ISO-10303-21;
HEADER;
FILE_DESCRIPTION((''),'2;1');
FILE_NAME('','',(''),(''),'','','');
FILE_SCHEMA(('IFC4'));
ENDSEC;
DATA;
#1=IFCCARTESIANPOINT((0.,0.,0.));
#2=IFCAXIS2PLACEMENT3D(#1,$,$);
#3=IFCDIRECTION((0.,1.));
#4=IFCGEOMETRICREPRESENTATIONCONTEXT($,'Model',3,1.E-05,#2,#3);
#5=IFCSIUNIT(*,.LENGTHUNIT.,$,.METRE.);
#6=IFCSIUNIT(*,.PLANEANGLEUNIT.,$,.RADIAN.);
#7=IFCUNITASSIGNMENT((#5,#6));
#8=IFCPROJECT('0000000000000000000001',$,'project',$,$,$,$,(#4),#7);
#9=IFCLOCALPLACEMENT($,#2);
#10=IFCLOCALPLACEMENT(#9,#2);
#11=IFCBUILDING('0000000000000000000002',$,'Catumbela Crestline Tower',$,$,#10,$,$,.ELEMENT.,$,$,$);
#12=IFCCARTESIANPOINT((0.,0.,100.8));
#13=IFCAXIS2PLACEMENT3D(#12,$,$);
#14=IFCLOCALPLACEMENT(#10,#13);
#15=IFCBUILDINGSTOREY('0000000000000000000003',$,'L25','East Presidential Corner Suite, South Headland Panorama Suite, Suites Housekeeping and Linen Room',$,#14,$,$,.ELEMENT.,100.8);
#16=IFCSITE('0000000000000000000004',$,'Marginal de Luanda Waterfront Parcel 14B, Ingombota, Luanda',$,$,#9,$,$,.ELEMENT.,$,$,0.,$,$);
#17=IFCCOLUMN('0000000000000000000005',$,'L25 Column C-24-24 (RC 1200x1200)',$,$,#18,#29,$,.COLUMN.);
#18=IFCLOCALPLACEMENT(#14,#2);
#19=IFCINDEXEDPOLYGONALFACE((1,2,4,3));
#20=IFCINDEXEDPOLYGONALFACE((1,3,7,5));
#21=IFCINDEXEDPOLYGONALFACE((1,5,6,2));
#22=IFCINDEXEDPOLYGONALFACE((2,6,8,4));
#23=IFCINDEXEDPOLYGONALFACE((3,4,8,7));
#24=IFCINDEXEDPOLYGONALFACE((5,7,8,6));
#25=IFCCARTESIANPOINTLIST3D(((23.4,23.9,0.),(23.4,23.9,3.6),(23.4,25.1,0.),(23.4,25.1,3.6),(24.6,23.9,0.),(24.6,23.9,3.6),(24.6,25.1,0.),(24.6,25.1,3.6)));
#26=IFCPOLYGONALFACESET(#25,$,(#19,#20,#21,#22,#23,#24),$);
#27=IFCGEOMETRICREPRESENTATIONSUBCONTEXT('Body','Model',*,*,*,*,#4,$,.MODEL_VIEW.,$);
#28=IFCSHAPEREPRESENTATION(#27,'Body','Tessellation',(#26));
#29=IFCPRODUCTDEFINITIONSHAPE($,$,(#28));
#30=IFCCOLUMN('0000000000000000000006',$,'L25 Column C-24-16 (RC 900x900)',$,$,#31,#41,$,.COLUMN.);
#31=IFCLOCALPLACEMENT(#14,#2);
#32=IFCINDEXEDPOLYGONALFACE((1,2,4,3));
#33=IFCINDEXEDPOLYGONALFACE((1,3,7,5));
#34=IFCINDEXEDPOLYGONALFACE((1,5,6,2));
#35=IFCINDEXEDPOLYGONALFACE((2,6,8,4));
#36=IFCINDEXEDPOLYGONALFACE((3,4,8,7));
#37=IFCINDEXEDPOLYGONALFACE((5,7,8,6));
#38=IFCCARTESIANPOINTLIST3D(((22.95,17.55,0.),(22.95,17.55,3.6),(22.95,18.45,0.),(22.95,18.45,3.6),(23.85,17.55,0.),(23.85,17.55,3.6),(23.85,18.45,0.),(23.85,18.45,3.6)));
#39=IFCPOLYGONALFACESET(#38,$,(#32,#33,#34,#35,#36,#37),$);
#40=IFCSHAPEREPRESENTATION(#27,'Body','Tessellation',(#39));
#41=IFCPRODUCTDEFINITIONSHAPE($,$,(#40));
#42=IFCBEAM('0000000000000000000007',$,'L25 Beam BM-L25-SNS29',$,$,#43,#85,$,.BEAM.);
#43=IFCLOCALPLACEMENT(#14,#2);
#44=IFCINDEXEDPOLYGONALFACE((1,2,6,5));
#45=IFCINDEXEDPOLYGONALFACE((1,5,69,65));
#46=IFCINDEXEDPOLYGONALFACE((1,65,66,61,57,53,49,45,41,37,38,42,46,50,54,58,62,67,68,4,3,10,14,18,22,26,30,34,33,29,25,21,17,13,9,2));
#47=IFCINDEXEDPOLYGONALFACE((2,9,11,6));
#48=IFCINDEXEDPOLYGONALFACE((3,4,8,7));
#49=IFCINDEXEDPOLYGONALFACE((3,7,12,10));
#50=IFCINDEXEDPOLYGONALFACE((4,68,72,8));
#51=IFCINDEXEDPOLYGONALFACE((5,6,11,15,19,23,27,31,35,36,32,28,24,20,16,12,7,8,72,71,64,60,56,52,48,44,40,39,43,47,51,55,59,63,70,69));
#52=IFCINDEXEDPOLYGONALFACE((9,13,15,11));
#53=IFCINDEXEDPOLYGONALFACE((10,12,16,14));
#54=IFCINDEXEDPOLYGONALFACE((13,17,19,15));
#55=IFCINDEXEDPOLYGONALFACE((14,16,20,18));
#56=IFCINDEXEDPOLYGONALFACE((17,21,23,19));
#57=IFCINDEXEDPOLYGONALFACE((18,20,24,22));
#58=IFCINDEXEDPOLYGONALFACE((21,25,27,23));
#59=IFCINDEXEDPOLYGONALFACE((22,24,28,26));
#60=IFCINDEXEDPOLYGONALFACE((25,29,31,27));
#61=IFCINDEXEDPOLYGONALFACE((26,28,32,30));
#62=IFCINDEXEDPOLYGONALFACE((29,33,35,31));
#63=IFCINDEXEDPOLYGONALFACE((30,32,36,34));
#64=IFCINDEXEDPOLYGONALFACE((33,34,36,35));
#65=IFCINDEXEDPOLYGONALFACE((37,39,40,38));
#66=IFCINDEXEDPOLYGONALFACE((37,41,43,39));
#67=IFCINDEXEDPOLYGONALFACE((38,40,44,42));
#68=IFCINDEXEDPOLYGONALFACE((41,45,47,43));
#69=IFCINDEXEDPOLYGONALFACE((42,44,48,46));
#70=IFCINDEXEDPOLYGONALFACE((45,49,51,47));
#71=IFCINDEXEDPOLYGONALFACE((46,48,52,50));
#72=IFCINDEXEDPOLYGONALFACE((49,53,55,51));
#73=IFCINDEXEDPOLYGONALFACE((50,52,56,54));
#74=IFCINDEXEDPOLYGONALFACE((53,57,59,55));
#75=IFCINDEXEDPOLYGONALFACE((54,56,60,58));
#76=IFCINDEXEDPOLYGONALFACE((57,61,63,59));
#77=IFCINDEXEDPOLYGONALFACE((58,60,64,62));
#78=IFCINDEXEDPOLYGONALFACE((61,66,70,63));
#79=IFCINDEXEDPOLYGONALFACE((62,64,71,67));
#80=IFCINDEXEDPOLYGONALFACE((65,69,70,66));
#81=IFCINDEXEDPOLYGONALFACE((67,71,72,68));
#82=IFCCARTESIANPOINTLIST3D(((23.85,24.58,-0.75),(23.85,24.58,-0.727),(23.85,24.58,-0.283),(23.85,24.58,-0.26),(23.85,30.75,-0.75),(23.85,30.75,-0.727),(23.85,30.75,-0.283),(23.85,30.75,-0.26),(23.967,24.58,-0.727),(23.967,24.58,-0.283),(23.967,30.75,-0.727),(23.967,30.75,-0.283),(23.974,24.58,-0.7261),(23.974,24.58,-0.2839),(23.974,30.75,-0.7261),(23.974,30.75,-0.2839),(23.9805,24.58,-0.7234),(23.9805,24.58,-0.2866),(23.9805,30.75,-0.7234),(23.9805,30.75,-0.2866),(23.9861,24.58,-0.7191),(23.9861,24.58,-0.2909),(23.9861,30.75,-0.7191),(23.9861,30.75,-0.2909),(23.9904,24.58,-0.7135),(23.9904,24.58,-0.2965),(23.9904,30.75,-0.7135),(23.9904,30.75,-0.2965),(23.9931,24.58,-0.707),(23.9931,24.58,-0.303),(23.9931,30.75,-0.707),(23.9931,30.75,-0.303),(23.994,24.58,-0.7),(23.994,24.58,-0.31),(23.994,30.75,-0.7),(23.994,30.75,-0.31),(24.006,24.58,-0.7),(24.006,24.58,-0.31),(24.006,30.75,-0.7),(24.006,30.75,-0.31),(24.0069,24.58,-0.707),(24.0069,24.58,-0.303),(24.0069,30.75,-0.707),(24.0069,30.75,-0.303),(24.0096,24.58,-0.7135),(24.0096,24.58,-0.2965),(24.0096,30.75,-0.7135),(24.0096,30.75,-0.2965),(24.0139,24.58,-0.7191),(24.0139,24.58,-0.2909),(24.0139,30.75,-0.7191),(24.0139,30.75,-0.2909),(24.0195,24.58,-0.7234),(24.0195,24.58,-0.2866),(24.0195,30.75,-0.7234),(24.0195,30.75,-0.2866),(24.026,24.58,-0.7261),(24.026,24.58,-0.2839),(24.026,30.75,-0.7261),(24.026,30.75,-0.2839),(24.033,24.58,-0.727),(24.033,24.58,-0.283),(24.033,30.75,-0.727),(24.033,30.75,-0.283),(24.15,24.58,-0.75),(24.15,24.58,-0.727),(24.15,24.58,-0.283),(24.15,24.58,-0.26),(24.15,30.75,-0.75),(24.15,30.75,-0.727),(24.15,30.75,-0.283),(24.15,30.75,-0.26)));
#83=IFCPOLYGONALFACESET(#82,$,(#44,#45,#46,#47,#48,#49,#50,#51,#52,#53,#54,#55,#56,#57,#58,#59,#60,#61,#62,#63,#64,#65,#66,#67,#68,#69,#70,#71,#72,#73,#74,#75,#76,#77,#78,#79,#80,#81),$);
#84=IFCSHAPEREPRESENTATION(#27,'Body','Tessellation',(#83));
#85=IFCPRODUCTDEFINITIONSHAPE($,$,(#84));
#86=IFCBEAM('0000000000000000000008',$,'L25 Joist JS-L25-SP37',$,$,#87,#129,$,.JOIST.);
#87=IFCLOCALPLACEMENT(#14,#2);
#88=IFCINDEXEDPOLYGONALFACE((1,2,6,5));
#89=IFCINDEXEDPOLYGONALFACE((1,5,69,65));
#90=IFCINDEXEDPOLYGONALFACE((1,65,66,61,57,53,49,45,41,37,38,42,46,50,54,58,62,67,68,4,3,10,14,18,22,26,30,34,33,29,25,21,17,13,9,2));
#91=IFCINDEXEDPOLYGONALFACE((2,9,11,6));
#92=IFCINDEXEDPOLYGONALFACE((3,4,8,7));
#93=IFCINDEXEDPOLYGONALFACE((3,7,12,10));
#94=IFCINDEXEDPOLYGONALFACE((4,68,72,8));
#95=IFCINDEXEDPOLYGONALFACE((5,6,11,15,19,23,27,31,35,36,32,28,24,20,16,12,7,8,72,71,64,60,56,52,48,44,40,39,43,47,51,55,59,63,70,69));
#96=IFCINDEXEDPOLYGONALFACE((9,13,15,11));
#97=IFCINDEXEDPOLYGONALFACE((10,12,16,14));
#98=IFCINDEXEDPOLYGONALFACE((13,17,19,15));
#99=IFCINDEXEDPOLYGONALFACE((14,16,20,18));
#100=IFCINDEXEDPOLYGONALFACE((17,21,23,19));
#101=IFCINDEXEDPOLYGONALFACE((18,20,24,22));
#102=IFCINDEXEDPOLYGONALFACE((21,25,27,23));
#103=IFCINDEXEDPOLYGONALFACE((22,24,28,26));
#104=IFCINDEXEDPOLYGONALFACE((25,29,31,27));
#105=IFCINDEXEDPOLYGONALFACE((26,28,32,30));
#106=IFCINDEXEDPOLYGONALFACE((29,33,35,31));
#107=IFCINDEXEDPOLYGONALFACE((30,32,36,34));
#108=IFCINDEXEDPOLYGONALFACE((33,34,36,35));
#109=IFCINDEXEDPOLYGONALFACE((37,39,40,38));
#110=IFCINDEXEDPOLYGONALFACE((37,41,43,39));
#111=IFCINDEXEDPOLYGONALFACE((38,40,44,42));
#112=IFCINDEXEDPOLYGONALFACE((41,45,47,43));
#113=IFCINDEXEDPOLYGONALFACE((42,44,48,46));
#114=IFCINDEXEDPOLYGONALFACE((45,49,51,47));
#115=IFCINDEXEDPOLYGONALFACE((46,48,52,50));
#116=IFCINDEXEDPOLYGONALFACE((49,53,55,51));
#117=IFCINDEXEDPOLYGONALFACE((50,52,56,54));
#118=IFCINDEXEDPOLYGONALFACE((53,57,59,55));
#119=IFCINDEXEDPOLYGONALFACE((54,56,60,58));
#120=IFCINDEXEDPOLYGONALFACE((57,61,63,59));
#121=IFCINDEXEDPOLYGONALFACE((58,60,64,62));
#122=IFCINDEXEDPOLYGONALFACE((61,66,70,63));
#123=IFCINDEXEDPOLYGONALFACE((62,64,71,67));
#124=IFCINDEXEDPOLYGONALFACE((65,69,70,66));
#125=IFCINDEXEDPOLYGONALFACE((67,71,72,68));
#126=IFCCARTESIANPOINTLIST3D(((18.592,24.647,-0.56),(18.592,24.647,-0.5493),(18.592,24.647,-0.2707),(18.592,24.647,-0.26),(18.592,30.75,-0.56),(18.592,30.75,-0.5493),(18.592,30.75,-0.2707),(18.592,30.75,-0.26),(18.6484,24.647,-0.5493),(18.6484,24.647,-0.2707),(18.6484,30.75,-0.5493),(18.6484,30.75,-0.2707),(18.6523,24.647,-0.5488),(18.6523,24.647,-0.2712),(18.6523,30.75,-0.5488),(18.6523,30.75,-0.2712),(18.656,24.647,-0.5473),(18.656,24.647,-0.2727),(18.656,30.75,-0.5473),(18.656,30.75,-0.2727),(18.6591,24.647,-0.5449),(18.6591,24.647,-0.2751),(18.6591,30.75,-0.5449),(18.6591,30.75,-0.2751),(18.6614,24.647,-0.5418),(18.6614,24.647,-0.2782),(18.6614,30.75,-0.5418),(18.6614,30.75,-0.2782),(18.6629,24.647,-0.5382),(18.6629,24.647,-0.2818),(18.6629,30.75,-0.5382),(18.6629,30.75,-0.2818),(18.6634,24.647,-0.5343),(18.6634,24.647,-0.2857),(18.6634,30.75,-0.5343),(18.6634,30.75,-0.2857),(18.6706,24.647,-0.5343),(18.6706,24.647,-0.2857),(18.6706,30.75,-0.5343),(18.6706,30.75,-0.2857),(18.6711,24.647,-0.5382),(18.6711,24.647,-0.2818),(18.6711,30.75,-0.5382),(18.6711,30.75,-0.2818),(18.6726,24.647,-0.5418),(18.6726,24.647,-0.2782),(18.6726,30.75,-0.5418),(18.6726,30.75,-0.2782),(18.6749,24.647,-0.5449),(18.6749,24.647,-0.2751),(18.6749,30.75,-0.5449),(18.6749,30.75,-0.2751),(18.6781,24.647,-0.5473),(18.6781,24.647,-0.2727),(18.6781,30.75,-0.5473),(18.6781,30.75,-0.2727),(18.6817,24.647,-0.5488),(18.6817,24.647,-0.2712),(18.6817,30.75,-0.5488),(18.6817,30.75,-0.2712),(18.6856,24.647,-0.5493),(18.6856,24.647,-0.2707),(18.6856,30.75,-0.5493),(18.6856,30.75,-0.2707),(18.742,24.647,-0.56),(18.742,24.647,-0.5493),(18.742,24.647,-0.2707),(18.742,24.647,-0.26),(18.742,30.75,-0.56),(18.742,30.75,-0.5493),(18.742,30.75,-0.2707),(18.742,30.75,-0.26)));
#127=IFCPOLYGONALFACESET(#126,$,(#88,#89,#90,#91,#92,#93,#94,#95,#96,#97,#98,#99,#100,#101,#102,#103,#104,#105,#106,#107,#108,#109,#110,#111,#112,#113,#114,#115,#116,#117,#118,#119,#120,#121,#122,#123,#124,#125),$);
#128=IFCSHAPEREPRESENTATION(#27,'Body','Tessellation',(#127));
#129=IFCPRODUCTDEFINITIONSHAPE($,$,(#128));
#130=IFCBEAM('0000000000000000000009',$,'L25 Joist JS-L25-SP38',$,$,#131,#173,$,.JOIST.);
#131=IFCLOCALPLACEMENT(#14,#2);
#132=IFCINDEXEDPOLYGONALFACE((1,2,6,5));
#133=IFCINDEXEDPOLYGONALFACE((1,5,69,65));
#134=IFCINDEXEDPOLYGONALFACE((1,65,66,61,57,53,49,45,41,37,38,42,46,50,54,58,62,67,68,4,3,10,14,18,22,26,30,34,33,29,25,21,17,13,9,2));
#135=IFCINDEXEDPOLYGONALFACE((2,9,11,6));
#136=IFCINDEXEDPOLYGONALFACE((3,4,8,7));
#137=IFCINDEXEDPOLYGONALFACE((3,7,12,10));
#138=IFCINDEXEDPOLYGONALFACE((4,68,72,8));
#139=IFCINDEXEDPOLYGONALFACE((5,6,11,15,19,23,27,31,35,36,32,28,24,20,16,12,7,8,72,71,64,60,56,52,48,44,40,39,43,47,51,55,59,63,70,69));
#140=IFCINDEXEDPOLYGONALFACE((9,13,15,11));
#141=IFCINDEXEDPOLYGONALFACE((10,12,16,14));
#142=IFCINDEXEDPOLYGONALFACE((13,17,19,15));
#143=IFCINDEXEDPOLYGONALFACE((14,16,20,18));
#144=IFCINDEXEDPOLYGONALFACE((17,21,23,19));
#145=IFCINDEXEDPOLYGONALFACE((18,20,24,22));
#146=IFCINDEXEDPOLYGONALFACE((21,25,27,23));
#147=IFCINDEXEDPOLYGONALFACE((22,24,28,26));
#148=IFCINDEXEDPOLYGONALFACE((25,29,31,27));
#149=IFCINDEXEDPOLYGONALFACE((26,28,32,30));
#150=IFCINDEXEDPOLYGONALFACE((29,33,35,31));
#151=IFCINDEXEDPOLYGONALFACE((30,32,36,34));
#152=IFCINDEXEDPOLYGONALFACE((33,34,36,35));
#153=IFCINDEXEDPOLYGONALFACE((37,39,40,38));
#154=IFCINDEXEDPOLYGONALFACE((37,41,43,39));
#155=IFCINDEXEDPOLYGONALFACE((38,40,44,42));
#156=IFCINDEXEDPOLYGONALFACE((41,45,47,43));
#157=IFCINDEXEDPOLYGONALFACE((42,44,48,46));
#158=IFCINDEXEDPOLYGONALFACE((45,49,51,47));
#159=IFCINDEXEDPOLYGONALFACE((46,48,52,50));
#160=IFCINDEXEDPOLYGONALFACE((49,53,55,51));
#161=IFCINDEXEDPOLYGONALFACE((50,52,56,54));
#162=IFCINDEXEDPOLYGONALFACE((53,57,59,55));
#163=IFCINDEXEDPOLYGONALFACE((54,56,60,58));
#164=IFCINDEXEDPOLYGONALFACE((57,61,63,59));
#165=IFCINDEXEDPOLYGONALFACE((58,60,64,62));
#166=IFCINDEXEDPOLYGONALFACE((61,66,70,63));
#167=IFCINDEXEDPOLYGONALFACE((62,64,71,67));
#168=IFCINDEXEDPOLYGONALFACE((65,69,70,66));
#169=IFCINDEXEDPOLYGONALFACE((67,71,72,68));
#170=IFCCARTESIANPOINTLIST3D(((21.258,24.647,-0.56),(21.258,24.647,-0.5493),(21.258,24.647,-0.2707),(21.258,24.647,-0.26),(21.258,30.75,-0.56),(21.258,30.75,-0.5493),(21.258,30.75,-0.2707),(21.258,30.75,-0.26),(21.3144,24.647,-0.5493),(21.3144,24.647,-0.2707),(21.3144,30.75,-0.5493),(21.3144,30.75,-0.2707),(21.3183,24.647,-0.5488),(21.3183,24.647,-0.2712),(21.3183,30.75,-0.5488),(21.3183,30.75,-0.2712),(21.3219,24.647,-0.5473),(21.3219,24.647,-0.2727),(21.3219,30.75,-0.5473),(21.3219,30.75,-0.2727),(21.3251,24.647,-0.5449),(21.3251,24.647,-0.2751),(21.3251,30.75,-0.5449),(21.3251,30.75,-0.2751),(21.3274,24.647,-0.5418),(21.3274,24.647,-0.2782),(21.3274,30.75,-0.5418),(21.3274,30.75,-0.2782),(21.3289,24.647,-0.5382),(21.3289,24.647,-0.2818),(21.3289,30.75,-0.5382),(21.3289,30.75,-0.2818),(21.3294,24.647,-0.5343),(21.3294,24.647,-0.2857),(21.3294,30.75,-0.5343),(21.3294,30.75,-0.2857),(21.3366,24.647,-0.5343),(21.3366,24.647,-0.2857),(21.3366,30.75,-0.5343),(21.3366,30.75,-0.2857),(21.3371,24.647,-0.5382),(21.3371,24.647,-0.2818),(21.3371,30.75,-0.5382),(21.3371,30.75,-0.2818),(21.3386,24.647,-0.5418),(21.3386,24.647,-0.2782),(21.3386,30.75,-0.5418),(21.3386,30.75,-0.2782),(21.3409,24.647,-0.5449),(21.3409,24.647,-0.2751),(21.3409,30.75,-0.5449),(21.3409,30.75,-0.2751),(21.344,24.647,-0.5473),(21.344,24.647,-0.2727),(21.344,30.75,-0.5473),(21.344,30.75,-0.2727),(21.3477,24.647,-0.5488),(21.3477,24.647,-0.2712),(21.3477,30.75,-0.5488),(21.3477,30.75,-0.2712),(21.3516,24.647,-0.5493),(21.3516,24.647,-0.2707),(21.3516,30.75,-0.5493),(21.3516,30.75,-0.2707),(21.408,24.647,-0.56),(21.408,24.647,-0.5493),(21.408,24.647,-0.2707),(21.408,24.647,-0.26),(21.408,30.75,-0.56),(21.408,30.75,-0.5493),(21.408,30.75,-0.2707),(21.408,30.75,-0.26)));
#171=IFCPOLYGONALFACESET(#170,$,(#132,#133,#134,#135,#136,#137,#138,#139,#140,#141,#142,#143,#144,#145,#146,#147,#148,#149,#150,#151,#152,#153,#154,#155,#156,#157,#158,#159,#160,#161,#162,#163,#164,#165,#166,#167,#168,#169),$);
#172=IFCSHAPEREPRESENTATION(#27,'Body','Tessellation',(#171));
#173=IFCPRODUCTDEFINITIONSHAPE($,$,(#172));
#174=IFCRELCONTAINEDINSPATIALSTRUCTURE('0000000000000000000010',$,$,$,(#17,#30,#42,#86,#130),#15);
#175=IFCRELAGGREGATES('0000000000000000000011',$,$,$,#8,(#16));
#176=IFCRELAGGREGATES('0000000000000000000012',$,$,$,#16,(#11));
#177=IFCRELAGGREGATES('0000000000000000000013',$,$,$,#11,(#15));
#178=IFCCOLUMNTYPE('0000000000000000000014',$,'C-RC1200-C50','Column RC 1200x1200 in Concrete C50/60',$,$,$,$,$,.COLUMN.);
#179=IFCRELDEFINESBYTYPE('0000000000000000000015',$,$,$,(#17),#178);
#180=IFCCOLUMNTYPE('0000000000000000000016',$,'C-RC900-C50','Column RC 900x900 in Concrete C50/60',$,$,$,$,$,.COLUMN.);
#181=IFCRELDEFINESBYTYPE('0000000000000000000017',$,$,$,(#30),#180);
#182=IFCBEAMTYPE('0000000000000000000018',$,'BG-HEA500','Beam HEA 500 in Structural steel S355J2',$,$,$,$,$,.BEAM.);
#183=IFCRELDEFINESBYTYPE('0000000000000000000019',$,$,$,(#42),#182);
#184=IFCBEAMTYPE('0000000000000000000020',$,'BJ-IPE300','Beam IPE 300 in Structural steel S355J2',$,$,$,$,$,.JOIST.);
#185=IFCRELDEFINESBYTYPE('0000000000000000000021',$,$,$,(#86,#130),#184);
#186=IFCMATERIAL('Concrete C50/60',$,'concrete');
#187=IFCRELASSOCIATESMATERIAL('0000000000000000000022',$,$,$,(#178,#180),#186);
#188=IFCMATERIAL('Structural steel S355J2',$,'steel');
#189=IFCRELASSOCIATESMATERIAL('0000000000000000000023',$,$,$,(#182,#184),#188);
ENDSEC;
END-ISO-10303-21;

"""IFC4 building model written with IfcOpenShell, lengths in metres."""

from ifc_helpers import new_model, si_unit, direction, frame, origin, origin_2d, place, context, subcontext, project, spatial, rectangle, i_section, extrude, material, material_profile, profile_set, type_object, element, save


model = new_model("IFC4")

# Units and contexts
model_context = context("Model", 3, precision=1e-05, world=origin(), true_north=direction((0.0, 1.0)))
body_context = subcontext(model_context, "Body", "Model", "MODEL_VIEW")
ifc_project = project(units=[si_unit("LENGTHUNIT", "METRE"), si_unit("PLANEANGLEUNIT", "RADIAN")], contexts=[model_context])

# Site, building, storey
site_placement = place(None, origin())
site = spatial("IfcSite", under=ifc_project, at=site_placement, Name="Marginal de Luanda Waterfront Parcel 14B, Ingombota, Luanda", CompositionType="ELEMENT", RefElevation=0.0)
building_placement = place(site_placement, origin())
building = spatial("IfcBuilding", under=site, at=building_placement, Name="Catumbela Crestline Tower", CompositionType="ELEMENT")
storey_placement = place(building_placement, frame((0.0, 0.0, 100.8)))
storey = spatial("IfcBuildingStorey", under=building, at=storey_placement, Name="L25", Description="East Presidential Corner Suite, South Headland Panorama Suite, Suites Housekeeping and Linen Room", CompositionType="ELEMENT", Elevation=100.8)

# Columns
ifc_material_1 = material(Name="Concrete C50/60", Category="concrete")
ifc_material_profile_1 = material_profile(ifc_material_1, rectangle(XDim=1.2, YDim=1.2, at=origin_2d()), Name="RC 1200x1200")
ifc_profile_set_1 = profile_set([ifc_material_profile_1], Name="Concrete C50/60")
column_type_1 = type_object("IfcColumnType", Name="C-RC1200-C50", Description="Column RC 1200x1200 in Concrete C50/60", PredefinedType="COLUMN", material=ifc_profile_set_1)
column_1_placement = place(storey_placement, frame((24.0, 24.5, 0.0), z_axis=(0.0, 0.0, 1.0), x_axis=(1.0, 0.0, 0.0)))
element("IfcColumn", 1, at=column_1_placement, inside=storey, type_object=column_type_1, Name="L25 Column C-24-24 (RC 1200x1200)", PredefinedType="COLUMN", context=body_context, shape_type="SweptSolid", body=[
    extrude(rectangle(XDim=1.2, YDim=1.2, at=origin_2d()), origin(), (0.0, 0.0, 1.0), 3.6),
])
ifc_material_profile_2 = material_profile(ifc_material_1, rectangle(XDim=0.9, YDim=0.9, at=origin_2d()), Name="RC 900x900")
ifc_profile_set_2 = profile_set([ifc_material_profile_2], Name="Concrete C50/60")
column_type_2 = type_object("IfcColumnType", Name="C-RC900-C50", Description="Column RC 900x900 in Concrete C50/60", PredefinedType="COLUMN", material=ifc_profile_set_2)
column_2_placement = place(storey_placement, frame((23.4, 18.0, 0.0), z_axis=(0.0, 0.0, 1.0), x_axis=(1.0, 0.0, 0.0)))
element("IfcColumn", 2, at=column_2_placement, inside=storey, type_object=column_type_2, Name="L25 Column C-24-16 (RC 900x900)", PredefinedType="COLUMN", context=body_context, shape_type="SweptSolid", body=[
    extrude(rectangle(XDim=0.9, YDim=0.9, at=origin_2d()), origin(), (0.0, 0.0, 1.0), 3.6),
])

# Beams
ifc_material_2 = material(Name="Structural steel S355J2", Category="steel")
ifc_material_profile_3 = material_profile(ifc_material_2, i_section(OverallWidth=0.3, OverallDepth=0.49, WebThickness=0.012, FlangeThickness=0.023, FilletRadius=0.027, at=origin_2d()), Name="HEA 500")
ifc_profile_set_3 = profile_set([ifc_material_profile_3], Name="Structural steel S355J2")
beam_type_1 = type_object("IfcBeamType", Name="BG-HEA500", Description="Beam HEA 500 in Structural steel S355J2", PredefinedType="BEAM", material=ifc_profile_set_3)
beam_1_placement = place(storey_placement, frame((24.0, 24.58, -0.505), z_axis=(0.0, 1.0, 0.0), x_axis=(-1.0, 0.0, 0.0)))
element("IfcBeam", 3, at=beam_1_placement, inside=storey, type_object=beam_type_1, Name="L25 Beam BM-L25-SNS29", PredefinedType="BEAM", context=body_context, shape_type="SweptSolid", body=[
    extrude(i_section(OverallWidth=0.3, OverallDepth=0.49, WebThickness=0.012, FlangeThickness=0.023, FilletRadius=0.027, at=origin_2d()), origin(), (0.0, 0.0, 1.0), 6.17),
])
ifc_material_profile_4 = material_profile(ifc_material_2, i_section(OverallWidth=0.15, OverallDepth=0.3, WebThickness=0.0071, FlangeThickness=0.0107, FilletRadius=0.015, at=origin_2d()), Name="IPE 300")
ifc_profile_set_4 = profile_set([ifc_material_profile_4], Name="Structural steel S355J2")
beam_type_2 = type_object("IfcBeamType", Name="BJ-IPE300", Description="Beam IPE 300 in Structural steel S355J2", PredefinedType="JOIST", material=ifc_profile_set_4)
for number, where, z_axis, x_axis, name in (
    (4, (18.667, 24.647, -0.41), (0.0, 1.0, 0.0), (-1.0, 0.0, 0.0), "L25 Joist JS-L25-SP37"),
    (5, (21.333, 24.647, -0.41), (0.0, 1.0, 0.0), (-1.0, 0.0, 0.0), "L25 Joist JS-L25-SP38"),
):
    element("IfcBeam", number, at=place(storey_placement, frame(where, z_axis=z_axis, x_axis=x_axis)), inside=storey, type_object=beam_type_2, Name=name, PredefinedType="JOIST", context=body_context, shape_type="SweptSolid", body=[
        extrude(i_section(OverallWidth=0.15, OverallDepth=0.3, WebThickness=0.0071, FlangeThickness=0.0107, FilletRadius=0.015, at=origin_2d()), origin(), (0.0, 0.0, 1.0), 6.103),
    ])

save(model, "model.ifc")
